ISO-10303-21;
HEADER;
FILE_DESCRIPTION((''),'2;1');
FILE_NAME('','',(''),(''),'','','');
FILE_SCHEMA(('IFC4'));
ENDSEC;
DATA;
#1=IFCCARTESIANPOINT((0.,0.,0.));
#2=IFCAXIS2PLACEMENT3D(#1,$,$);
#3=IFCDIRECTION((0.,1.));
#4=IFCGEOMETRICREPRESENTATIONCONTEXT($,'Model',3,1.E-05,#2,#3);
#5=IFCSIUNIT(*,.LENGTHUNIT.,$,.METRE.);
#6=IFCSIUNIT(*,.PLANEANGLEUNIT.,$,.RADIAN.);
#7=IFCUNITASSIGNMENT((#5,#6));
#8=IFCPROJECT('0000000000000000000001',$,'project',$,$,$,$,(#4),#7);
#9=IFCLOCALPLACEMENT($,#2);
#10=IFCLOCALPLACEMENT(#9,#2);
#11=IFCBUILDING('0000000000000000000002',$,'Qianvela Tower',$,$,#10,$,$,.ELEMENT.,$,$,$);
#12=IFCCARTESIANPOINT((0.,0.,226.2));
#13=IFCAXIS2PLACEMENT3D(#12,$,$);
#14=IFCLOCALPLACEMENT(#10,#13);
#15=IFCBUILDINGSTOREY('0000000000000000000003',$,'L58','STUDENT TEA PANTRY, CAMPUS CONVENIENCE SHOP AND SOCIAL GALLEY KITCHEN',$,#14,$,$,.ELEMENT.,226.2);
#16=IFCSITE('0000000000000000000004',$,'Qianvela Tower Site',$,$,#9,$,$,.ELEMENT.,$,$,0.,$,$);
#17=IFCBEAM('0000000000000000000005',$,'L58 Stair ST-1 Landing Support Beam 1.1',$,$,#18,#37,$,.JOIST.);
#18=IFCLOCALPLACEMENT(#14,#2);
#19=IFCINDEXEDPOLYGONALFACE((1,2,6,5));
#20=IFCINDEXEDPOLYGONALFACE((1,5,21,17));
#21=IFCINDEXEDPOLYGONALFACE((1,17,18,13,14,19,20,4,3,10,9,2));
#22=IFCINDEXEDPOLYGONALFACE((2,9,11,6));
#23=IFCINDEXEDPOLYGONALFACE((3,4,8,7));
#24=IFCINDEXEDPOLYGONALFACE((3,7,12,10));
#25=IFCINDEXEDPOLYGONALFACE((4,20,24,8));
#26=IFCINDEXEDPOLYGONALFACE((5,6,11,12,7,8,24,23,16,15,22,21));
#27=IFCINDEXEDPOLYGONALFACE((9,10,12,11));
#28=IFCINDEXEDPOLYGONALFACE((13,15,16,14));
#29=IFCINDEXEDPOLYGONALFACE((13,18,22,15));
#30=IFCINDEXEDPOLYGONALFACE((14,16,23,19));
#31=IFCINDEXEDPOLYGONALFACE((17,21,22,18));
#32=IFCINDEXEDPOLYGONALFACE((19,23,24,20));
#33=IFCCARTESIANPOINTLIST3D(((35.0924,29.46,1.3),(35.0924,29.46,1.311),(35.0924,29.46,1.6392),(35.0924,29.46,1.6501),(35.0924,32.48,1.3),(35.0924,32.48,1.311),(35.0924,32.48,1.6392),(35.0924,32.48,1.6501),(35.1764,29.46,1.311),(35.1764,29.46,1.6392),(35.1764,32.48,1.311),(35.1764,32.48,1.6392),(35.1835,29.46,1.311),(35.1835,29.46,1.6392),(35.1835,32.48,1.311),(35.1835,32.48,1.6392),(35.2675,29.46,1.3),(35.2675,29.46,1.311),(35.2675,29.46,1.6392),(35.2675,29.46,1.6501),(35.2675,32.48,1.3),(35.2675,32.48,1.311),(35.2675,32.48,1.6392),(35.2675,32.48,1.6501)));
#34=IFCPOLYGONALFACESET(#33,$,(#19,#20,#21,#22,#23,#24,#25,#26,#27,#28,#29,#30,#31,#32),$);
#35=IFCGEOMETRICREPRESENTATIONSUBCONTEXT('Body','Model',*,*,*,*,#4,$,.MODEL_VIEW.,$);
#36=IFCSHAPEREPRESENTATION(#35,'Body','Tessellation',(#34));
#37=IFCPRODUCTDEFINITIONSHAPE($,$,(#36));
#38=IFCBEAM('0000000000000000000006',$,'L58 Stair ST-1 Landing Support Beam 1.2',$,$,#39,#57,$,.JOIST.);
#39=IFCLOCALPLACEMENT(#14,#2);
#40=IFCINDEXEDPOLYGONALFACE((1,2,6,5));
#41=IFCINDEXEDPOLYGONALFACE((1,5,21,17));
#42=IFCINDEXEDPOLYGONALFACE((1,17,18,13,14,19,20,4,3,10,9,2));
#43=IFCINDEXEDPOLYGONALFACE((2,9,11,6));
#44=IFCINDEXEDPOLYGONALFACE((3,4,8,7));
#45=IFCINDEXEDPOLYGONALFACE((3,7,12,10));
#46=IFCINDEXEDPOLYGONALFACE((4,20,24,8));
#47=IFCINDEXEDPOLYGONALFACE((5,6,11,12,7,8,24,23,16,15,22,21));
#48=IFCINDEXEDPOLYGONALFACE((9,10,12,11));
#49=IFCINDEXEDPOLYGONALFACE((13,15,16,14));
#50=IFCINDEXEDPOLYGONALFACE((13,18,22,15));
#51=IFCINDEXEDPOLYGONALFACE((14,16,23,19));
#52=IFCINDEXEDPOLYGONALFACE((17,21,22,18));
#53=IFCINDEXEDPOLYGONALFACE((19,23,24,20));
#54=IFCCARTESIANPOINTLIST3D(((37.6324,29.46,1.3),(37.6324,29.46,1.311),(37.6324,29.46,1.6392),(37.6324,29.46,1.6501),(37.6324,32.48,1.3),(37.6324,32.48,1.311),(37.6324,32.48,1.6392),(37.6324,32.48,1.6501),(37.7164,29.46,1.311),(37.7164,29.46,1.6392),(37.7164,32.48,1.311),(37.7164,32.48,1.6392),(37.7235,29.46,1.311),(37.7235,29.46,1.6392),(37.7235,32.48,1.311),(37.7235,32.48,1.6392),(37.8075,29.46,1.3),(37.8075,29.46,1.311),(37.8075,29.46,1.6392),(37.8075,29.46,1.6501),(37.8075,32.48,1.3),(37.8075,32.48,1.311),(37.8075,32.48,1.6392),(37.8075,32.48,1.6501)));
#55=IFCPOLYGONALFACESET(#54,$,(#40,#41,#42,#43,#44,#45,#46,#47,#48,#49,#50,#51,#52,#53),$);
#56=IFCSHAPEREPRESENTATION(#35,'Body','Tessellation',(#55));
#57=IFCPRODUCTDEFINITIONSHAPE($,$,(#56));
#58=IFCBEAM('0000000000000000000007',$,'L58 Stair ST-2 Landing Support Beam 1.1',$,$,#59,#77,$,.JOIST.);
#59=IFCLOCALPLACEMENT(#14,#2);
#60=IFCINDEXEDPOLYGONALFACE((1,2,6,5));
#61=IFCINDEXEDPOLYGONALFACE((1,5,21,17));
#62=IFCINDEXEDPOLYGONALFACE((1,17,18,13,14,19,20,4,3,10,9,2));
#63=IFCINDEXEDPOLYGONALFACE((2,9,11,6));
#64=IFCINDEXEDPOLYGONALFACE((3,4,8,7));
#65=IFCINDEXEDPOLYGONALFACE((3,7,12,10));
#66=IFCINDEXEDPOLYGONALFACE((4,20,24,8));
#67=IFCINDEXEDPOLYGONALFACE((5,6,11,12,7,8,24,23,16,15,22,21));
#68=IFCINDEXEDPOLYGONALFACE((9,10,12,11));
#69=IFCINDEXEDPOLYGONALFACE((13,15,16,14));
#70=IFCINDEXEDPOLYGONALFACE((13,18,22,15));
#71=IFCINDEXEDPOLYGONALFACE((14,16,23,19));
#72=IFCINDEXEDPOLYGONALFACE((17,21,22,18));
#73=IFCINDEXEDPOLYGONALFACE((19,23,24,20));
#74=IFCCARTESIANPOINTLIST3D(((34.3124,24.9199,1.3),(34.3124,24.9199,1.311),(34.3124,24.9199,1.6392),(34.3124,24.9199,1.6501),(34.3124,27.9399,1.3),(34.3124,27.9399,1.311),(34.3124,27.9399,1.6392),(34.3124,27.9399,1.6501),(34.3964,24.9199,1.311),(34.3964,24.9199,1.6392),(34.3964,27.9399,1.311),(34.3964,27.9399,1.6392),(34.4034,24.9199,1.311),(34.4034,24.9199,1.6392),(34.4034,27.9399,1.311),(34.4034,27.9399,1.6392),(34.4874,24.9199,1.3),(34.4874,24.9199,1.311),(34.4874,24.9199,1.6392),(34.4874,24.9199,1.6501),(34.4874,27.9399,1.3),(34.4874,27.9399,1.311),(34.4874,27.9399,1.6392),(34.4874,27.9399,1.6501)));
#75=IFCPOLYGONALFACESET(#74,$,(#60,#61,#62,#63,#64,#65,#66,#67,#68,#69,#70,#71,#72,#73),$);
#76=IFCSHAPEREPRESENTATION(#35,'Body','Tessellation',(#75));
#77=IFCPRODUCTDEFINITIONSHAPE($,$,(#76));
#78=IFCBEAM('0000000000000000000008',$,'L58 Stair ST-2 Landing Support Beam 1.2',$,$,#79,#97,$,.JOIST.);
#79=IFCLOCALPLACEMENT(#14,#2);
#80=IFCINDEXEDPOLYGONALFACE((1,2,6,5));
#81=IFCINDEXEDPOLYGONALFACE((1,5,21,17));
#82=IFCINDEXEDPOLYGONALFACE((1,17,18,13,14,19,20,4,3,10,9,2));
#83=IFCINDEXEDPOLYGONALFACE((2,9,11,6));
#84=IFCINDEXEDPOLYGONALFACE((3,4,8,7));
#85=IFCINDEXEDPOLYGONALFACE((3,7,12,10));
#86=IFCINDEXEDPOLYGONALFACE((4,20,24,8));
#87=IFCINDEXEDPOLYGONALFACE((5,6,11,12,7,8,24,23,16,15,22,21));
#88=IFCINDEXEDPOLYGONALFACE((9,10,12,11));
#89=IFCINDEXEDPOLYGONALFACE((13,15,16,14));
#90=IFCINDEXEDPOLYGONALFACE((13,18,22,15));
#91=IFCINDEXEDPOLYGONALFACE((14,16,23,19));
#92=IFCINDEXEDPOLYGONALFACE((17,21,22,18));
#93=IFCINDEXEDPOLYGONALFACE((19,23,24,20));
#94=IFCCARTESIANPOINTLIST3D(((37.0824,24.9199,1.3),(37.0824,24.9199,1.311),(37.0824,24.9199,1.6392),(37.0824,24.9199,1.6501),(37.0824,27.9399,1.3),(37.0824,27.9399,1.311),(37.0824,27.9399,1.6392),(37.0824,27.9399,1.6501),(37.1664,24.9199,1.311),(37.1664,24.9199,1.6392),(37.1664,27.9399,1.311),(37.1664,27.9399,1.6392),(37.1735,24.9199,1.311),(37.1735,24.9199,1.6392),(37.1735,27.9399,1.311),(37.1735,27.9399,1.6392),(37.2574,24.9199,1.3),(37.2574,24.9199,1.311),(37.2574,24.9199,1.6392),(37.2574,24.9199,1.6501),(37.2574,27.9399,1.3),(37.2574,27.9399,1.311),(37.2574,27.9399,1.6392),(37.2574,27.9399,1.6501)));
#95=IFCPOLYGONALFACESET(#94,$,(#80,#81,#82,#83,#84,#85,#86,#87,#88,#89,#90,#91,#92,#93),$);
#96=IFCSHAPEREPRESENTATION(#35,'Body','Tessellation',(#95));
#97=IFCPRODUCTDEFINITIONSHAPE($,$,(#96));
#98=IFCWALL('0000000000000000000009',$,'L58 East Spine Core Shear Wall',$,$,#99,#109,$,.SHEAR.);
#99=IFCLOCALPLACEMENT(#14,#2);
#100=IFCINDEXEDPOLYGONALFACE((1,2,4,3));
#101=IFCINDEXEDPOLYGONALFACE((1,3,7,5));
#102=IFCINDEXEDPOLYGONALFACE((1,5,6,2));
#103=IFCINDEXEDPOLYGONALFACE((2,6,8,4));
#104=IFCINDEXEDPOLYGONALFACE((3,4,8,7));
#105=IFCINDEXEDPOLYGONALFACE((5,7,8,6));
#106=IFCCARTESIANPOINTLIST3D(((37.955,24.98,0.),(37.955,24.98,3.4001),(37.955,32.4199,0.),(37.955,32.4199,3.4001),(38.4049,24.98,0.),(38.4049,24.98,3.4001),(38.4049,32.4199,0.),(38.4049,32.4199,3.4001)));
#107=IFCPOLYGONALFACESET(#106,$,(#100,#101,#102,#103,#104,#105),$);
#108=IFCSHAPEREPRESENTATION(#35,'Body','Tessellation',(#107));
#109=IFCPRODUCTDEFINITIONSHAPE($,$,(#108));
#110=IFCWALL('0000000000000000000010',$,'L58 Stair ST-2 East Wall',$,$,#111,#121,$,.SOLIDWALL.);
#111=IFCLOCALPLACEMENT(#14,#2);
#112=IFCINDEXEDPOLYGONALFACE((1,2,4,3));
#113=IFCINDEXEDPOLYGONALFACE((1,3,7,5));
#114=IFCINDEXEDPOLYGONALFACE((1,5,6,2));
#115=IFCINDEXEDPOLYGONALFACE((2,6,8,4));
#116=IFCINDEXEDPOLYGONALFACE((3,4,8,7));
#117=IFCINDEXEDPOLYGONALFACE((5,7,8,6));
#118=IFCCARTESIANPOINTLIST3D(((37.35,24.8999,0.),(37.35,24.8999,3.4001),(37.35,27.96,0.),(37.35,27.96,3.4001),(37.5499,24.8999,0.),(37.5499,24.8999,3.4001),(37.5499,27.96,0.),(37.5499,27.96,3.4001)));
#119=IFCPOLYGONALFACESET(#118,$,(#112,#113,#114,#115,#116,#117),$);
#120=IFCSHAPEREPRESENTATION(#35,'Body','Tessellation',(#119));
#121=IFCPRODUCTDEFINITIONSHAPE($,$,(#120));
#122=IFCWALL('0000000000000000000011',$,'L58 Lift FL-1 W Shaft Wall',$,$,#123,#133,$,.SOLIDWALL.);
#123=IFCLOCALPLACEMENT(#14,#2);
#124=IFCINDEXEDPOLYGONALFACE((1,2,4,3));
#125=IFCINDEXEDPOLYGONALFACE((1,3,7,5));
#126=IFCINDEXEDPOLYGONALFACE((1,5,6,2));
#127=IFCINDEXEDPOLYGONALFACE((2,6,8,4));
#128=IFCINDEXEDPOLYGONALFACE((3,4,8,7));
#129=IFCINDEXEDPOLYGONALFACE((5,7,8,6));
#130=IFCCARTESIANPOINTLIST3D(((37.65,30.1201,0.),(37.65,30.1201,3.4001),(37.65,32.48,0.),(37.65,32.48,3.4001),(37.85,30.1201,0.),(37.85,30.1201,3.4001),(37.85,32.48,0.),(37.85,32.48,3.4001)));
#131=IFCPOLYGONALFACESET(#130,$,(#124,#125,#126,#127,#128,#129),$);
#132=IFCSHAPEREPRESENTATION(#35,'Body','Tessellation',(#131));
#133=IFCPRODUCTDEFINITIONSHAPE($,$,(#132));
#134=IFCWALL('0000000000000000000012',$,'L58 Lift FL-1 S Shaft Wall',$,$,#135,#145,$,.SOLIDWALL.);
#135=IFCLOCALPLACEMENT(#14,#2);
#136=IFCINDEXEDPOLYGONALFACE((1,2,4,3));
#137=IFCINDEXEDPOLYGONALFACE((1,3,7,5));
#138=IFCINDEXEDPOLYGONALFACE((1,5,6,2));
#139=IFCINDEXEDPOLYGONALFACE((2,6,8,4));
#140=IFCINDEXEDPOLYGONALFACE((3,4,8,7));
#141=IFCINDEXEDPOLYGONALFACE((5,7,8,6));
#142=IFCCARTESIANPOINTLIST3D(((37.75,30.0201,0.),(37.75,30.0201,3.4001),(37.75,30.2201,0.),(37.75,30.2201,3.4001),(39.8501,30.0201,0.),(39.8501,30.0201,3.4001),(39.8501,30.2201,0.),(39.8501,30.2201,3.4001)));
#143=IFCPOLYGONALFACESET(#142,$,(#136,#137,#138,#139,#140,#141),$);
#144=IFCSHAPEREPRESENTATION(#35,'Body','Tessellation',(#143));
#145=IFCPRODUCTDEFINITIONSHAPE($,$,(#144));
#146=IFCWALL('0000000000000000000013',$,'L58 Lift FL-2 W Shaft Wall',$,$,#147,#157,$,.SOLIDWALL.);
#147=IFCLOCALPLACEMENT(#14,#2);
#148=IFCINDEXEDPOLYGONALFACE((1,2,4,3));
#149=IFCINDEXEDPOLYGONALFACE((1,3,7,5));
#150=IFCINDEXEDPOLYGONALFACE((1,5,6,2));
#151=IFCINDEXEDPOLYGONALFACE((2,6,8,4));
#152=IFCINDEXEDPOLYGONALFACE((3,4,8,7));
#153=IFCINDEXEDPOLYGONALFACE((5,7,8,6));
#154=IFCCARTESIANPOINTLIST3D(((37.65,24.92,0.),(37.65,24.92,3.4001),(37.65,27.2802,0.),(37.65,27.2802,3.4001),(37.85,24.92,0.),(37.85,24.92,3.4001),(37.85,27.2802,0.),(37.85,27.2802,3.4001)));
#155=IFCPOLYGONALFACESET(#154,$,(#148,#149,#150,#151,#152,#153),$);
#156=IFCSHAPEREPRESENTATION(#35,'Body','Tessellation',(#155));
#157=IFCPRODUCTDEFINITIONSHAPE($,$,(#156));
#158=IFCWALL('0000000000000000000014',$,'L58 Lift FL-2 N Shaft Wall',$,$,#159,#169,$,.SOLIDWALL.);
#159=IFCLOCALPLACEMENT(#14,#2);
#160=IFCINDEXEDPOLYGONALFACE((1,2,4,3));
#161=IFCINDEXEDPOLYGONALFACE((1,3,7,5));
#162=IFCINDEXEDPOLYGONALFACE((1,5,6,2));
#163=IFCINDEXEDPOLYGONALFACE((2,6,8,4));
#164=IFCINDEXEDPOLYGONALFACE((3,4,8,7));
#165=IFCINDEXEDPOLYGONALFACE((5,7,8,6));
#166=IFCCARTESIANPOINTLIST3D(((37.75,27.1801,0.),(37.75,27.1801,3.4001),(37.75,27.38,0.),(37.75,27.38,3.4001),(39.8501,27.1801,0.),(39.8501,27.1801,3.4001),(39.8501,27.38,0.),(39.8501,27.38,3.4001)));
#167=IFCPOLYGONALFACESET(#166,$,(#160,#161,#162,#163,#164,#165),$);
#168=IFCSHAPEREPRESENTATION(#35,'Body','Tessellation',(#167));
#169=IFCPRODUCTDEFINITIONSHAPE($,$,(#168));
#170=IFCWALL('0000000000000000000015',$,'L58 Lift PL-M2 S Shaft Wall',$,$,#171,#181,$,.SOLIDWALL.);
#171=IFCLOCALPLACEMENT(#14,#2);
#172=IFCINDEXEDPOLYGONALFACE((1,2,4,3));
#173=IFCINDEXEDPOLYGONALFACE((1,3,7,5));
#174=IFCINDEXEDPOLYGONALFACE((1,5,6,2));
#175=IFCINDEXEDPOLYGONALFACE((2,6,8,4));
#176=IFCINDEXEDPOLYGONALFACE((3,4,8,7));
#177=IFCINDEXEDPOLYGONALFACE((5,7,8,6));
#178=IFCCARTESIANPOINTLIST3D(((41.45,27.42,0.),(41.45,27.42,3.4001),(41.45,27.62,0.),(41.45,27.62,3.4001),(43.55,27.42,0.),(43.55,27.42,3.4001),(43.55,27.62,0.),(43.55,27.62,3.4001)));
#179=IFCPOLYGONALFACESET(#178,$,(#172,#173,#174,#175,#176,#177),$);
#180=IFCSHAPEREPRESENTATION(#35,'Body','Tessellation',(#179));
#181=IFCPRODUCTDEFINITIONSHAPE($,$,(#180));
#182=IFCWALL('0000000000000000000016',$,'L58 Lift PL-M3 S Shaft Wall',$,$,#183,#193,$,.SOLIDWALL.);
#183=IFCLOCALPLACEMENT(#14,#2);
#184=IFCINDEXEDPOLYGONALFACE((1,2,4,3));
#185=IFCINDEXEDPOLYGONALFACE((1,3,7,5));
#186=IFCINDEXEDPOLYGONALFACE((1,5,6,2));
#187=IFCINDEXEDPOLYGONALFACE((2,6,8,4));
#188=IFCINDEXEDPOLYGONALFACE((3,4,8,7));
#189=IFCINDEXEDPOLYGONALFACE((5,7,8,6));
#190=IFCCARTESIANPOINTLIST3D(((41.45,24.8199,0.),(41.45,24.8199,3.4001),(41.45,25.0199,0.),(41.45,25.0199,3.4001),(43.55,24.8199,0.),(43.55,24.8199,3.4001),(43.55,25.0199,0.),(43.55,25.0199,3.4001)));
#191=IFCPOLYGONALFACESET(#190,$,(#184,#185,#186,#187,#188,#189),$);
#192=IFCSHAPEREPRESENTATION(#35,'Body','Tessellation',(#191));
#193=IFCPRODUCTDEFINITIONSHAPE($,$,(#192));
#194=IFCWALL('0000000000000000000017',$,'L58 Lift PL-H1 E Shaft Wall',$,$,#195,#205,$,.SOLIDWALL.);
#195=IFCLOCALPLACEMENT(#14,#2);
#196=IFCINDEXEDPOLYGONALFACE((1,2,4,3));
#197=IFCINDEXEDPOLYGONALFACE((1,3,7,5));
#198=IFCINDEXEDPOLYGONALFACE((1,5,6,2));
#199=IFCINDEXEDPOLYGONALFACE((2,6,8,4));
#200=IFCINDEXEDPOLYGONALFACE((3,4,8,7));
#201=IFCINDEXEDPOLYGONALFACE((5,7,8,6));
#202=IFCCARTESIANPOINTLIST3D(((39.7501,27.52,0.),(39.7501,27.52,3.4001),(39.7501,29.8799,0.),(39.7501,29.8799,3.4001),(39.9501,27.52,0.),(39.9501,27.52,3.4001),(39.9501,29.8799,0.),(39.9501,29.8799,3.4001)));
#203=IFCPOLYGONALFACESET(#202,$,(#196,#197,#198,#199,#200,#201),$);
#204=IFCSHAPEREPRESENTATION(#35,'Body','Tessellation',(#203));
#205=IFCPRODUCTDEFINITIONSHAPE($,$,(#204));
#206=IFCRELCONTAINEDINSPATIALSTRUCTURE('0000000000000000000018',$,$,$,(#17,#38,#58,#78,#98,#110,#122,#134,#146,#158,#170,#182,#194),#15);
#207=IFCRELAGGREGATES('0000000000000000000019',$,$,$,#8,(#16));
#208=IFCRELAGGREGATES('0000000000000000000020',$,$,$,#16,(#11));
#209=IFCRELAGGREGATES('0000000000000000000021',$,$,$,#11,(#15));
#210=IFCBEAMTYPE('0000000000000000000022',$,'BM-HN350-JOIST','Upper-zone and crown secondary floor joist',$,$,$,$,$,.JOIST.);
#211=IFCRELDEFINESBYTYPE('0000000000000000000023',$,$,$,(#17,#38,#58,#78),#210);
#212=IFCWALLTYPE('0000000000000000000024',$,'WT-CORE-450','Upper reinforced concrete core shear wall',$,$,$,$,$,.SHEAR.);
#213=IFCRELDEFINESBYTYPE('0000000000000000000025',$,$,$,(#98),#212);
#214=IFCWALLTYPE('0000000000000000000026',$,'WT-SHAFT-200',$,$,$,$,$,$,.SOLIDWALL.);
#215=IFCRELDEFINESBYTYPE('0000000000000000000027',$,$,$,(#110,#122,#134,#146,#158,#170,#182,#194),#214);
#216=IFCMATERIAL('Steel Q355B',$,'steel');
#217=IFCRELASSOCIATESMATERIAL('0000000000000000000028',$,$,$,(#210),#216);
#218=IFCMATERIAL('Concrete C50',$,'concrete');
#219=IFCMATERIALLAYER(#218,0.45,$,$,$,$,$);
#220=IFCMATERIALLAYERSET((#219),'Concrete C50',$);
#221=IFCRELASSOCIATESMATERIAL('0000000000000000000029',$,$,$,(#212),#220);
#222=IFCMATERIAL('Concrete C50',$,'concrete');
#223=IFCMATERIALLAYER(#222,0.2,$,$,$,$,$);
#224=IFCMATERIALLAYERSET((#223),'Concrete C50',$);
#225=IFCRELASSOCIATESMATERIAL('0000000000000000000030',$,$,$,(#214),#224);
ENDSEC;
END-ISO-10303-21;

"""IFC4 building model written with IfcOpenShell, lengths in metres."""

from ifc_helpers import new_model, si_unit, direction, frame, frame_2d, origin, origin_2d, place, context, subcontext, project, spatial, rectangle, i_section, extrude, material, layer, layer_set, material_profile, profile_set, type_object, element, save


model = new_model("IFC4")

# Units and contexts
model_context = context("Model", 3, precision=1e-05, world=origin(), true_north=direction((0.0, 1.0)))
body_context = subcontext(model_context, "Body", "Model", "MODEL_VIEW")
ifc_project = project(units=[si_unit("LENGTHUNIT", "METRE"), si_unit("PLANEANGLEUNIT", "RADIAN")], contexts=[model_context])

# Site, building, storey
site_placement = place(None, origin())
site = spatial("IfcSite", under=ifc_project, at=site_placement, Name="Qianvela Tower Site", CompositionType="ELEMENT", RefElevation=0.0)
building_placement = place(site_placement, origin())
building = spatial("IfcBuilding", under=site, at=building_placement, Name="Qianvela Tower", CompositionType="ELEMENT")
storey_placement = place(building_placement, frame((0.0, 0.0, 226.2)))
storey = spatial("IfcBuildingStorey", under=building, at=storey_placement, Name="L58", Description="STUDENT TEA PANTRY, CAMPUS CONVENIENCE SHOP AND SOCIAL GALLEY KITCHEN", CompositionType="ELEMENT", Elevation=226.2)

# Beams
ifc_material_1 = material(Name="Steel Q355B", Category="steel")
ifc_material_profile = material_profile(ifc_material_1, i_section(OverallWidth=0.175, OverallDepth=0.3501, WebThickness=0.0071, FlangeThickness=0.011, at=origin_2d()), Name="HN350x175x7x11")
ifc_profile_set = profile_set([ifc_material_profile], Name="Steel Q355B")
beam_type = type_object("IfcBeamType", Name="BM-HN350-JOIST", Description="Upper-zone and crown secondary floor joist", PredefinedType="JOIST", material=ifc_profile_set)
for number, where, z_axis, x_axis, name in (
    (1, (35.1799, 29.46, 1.4751), (0.0, 1.0, 0.0), (-1.0, 0.0, 0.0), "L58 Stair ST-1 Landing Support Beam 1.1"),
    (2, (37.72, 29.46, 1.4751), (0.0, 1.0, 0.0), (-1.0, 0.0, 0.0), "L58 Stair ST-1 Landing Support Beam 1.2"),
    (3, (34.3999, 24.9199, 1.4751), (0.0, 1.0, 0.0), (-1.0, 0.0, 0.0), "L58 Stair ST-2 Landing Support Beam 1.1"),
    (4, (37.1699, 24.9199, 1.4751), (0.0, 1.0, 0.0), (-1.0, 0.0, 0.0), "L58 Stair ST-2 Landing Support Beam 1.2"),
):
    element("IfcBeam", number, at=place(storey_placement, frame(where, z_axis=z_axis, x_axis=x_axis)), inside=storey, type_object=beam_type, Name=name, PredefinedType="JOIST", context=body_context, shape_type="SweptSolid", body=[
        extrude(i_section(OverallWidth=0.175, OverallDepth=0.3501, WebThickness=0.0071, FlangeThickness=0.011, at=origin_2d()), origin(), (0.0, 0.0, 1.0), 3.02),
    ])

# Walls
ifc_material_2 = material(Name="Concrete C50", Category="concrete")
ifc_layer_1 = layer(ifc_material_2, 0.45)
ifc_layer_set_1 = layer_set([ifc_layer_1], Name="Concrete C50")
wall_type_1 = type_object("IfcWallType", Name="WT-CORE-450", Description="Upper reinforced concrete core shear wall", PredefinedType="SHEAR", material=ifc_layer_set_1)
wall_1_placement = place(storey_placement, frame((38.1799, 24.98, 0.0), z_axis=(0.0, 0.0, 1.0), x_axis=(0.0, 1.0, 0.0)))
element("IfcWall", 5, at=wall_1_placement, inside=storey, type_object=wall_type_1, Name="L58 East Spine Core Shear Wall", PredefinedType="SHEAR", context=body_context, shape_type="SweptSolid", body=[
    extrude(rectangle(XDim=7.4399, YDim=0.45, at=frame_2d((3.72, 0.0))), origin(), (0.0, 0.0, 1.0), 3.4001),
])
ifc_material_3 = material(Name="Concrete C50", Category="concrete")
ifc_layer_2 = layer(ifc_material_3, 0.2)
ifc_layer_set_2 = layer_set([ifc_layer_2], Name="Concrete C50")
wall_type_2 = type_object("IfcWallType", Name="WT-SHAFT-200", PredefinedType="SOLIDWALL", material=ifc_layer_set_2)
wall_2_placement = place(storey_placement, frame((37.45, 24.8999, 0.0), z_axis=(0.0, 0.0, 1.0), x_axis=(0.0, 1.0, 0.0)))
element("IfcWall", 6, at=wall_2_placement, inside=storey, type_object=wall_type_2, Name="L58 Stair ST-2 East Wall", PredefinedType="SOLIDWALL", context=body_context, shape_type="SweptSolid", body=[
    extrude(rectangle(XDim=3.0601, YDim=0.2, at=frame_2d((1.53, 0.0))), origin(), (0.0, 0.0, 1.0), 3.4001),
])

# Walls
wall_3_placement = place(storey_placement, frame((37.75, 30.1201, 0.0), z_axis=(0.0, 0.0, 1.0), x_axis=(0.0, 1.0, 0.0)))
element("IfcWall", 7, at=wall_3_placement, inside=storey, type_object=wall_type_2, Name="L58 Lift FL-1 W Shaft Wall", PredefinedType="SOLIDWALL", context=body_context, shape_type="SweptSolid", body=[
    extrude(rectangle(XDim=2.3599, YDim=0.2, at=frame_2d((1.1799, 0.0))), origin(), (0.0, 0.0, 1.0), 3.4001),
])
wall_4_placement = place(storey_placement, frame((37.75, 30.1201, 0.0), z_axis=(0.0, 0.0, 1.0), x_axis=(1.0, 0.0, 0.0)))
element("IfcWall", 8, at=wall_4_placement, inside=storey, type_object=wall_type_2, Name="L58 Lift FL-1 S Shaft Wall", PredefinedType="SOLIDWALL", context=body_context, shape_type="SweptSolid", body=[
    extrude(rectangle(XDim=2.1001, YDim=0.2, at=frame_2d((1.05, 0.0))), origin(), (0.0, 0.0, 1.0), 3.4001),
])

# Walls
wall_5_placement = place(storey_placement, frame((37.75, 24.9199, 0.0), z_axis=(0.0, 0.0, 1.0), x_axis=(0.0, 1.0, 0.0)))
element("IfcWall", 9, at=wall_5_placement, inside=storey, type_object=wall_type_2, Name="L58 Lift FL-2 W Shaft Wall", PredefinedType="SOLIDWALL", context=body_context, shape_type="SweptSolid", body=[
    extrude(rectangle(XDim=2.3601, YDim=0.2, at=frame_2d((1.1802, 0.0))), origin(), (0.0, 0.0, 1.0), 3.4001),
])
wall_6_placement = place(storey_placement, frame((37.75, 27.28, 0.0), z_axis=(0.0, 0.0, 1.0), x_axis=(1.0, 0.0, 0.0)))
element("IfcWall", 10, at=wall_6_placement, inside=storey, type_object=wall_type_2, Name="L58 Lift FL-2 N Shaft Wall", PredefinedType="SOLIDWALL", context=body_context, shape_type="SweptSolid", body=[
    extrude(rectangle(XDim=2.1001, YDim=0.2, at=frame_2d((1.05, 0.0))), origin(), (0.0, 0.0, 1.0), 3.4001),
])

# Wall
wall_7_placement = place(storey_placement, frame((41.45, 27.52, 0.0), z_axis=(0.0, 0.0, 1.0), x_axis=(1.0, 0.0, 0.0)))
element("IfcWall", 11, at=wall_7_placement, inside=storey, type_object=wall_type_2, Name="L58 Lift PL-M2 S Shaft Wall", PredefinedType="SOLIDWALL", context=body_context, shape_type="SweptSolid", body=[
    extrude(rectangle(XDim=2.1001, YDim=0.2, at=frame_2d((1.05, 0.0))), origin(), (0.0, 0.0, 1.0), 3.4001),
])

# Walls
wall_8_placement = place(storey_placement, frame((41.45, 24.9199, 0.0), z_axis=(0.0, 0.0, 1.0), x_axis=(1.0, 0.0, 0.0)))
element("IfcWall", 12, at=wall_8_placement, inside=storey, type_object=wall_type_2, Name="L58 Lift PL-M3 S Shaft Wall", PredefinedType="SOLIDWALL", context=body_context, shape_type="SweptSolid", body=[
    extrude(rectangle(XDim=2.1001, YDim=0.2, at=frame_2d((1.05, 0.0))), origin(), (0.0, 0.0, 1.0), 3.4001),
])
for number, where, z_axis, x_axis, name in (
    (13, (39.8501, 27.52, 0.0), (0.0, 0.0, 1.0), (0.0, 1.0, 0.0), "L58 Lift PL-H1 E Shaft Wall"),
):
    element("IfcWall", number, at=place(storey_placement, frame(where, z_axis=z_axis, x_axis=x_axis)), inside=storey, type_object=wall_type_2, Name=name, PredefinedType="SOLIDWALL", context=body_context, shape_type="SweptSolid", body=[
        extrude(rectangle(XDim=2.3599, YDim=0.2, at=frame_2d((1.1799, 0.0))), origin(), (0.0, 0.0, 1.0), 3.4001),
    ])

save(model, "model.ifc")
